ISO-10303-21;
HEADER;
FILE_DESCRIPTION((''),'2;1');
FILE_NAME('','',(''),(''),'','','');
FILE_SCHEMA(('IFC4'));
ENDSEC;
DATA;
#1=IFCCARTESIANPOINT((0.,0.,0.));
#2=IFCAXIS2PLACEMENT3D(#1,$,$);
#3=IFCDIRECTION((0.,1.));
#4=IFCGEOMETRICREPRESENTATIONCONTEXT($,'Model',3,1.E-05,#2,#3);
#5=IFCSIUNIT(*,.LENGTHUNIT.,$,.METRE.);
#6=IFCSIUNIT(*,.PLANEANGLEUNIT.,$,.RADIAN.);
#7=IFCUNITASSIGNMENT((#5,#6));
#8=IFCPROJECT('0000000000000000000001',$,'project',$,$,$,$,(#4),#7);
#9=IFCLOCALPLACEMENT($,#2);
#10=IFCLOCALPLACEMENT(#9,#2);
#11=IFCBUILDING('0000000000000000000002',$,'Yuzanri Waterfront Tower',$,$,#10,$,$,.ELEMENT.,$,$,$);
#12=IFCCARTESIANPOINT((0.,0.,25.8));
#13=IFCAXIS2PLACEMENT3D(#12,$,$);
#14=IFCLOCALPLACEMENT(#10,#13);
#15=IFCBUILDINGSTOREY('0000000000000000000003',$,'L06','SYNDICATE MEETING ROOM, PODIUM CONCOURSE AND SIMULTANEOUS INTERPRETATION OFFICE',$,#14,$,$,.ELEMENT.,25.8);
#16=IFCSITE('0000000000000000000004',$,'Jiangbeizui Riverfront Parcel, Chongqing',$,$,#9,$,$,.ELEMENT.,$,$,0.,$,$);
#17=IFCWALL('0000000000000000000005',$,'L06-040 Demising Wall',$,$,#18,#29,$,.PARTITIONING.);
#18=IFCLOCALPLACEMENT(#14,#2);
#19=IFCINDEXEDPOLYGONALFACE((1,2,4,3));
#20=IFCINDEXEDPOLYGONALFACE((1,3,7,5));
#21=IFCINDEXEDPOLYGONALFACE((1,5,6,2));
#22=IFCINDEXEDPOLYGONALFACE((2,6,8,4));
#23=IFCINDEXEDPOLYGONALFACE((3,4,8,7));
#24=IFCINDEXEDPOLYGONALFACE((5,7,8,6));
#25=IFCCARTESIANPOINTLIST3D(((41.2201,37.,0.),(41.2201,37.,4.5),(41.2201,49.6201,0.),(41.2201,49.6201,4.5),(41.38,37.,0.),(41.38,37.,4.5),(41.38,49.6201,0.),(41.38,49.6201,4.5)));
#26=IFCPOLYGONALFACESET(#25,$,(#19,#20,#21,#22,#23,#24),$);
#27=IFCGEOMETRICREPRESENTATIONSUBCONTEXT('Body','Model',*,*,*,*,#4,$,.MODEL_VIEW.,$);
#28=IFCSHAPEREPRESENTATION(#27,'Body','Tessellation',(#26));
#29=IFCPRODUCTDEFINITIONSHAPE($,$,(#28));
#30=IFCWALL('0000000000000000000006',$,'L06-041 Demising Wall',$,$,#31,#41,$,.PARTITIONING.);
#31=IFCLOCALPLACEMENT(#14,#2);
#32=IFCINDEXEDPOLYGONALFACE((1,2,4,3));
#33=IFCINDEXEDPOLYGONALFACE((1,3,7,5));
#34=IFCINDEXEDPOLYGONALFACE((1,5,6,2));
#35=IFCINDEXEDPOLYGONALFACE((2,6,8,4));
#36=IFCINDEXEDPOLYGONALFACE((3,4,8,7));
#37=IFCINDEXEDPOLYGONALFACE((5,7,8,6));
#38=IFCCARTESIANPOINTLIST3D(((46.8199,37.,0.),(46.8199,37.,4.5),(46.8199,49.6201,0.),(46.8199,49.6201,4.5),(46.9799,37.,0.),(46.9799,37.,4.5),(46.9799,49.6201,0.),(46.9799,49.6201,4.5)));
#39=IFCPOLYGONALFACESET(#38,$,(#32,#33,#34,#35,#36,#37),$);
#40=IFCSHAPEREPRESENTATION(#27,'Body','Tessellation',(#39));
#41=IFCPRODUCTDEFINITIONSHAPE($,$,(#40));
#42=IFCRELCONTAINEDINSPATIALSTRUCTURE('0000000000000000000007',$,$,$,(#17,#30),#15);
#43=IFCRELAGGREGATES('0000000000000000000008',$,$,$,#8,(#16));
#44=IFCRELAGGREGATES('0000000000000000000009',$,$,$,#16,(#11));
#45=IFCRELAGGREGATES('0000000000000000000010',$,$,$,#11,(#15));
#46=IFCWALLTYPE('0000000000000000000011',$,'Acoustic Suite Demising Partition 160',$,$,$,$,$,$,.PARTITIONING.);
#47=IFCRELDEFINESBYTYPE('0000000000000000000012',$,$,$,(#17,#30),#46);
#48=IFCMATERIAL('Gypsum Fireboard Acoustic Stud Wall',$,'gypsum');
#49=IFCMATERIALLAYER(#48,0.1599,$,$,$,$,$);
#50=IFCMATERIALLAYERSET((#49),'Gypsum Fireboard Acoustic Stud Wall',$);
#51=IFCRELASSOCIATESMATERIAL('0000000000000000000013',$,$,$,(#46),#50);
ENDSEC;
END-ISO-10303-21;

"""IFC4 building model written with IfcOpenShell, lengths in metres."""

from ifc_helpers import new_model, si_unit, direction, frame, frame_2d, origin, place, context, subcontext, project, spatial, rectangle, extrude, source, transform, mapped, material, layer, layer_set, type_object, element, save


model = new_model("IFC4")

# Units and contexts
model_context = context("Model", 3, precision=1e-05, world=origin(), true_north=direction((0.0, 1.0)))
body_context = subcontext(model_context, "Body", "Model", "MODEL_VIEW")
ifc_project = project(units=[si_unit("LENGTHUNIT", "METRE"), si_unit("PLANEANGLEUNIT", "RADIAN")], contexts=[model_context])

# Site, building, storey
site_placement = place(None, origin())
site = spatial("IfcSite", under=ifc_project, at=site_placement, Name="Jiangbeizui Riverfront Parcel, Chongqing", CompositionType="ELEMENT", RefElevation=0.0)
building_placement = place(site_placement, origin())
building = spatial("IfcBuilding", under=site, at=building_placement, Name="Yuzanri Waterfront Tower", CompositionType="ELEMENT")
storey_placement = place(building_placement, frame((0.0, 0.0, 25.8)))
storey = spatial("IfcBuildingStorey", under=building, at=storey_placement, Name="L06", Description="SYNDICATE MEETING ROOM, PODIUM CONCOURSE AND SIMULTANEOUS INTERPRETATION OFFICE", CompositionType="ELEMENT", Elevation=25.8)

# Walls
ifc_material_1 = material(Name="Gypsum Fireboard Acoustic Stud Wall", Category="gypsum")
ifc_layer_1 = layer(ifc_material_1, 0.1599)
ifc_layer_set_1 = layer_set([ifc_layer_1], Name="Gypsum Fireboard Acoustic Stud Wall")
wall_type_1 = type_object("IfcWallType", Name="Acoustic Suite Demising Partition 160", PredefinedType="PARTITIONING", material=ifc_layer_set_1)
shared_shape_1 = source(origin(), body_context, "Body", "SweptSolid", [
    extrude(rectangle(XDim=12.6201, YDim=0.1599, at=frame_2d((6.3101, 0.0))), origin(), (0.0, 0.0, 1.0), 4.5),
])
for number, where, z_axis, x_axis, name in (
    (1, (41.3, 37.0, 0.0), (0.0, 0.0, 1.0), (0.0, 1.0, 0.0), "L06-040 Demising Wall"),
    (2, (46.8999, 37.0, 0.0), (0.0, 0.0, 1.0), (0.0, 1.0, 0.0), "L06-041 Demising Wall"),
):
    element("IfcWall", number, at=place(storey_placement, frame(where, z_axis=z_axis, x_axis=x_axis)), inside=storey, type_object=wall_type_1, Name=name, PredefinedType="PARTITIONING", context=body_context, shape_type="MappedRepresentation", body=[
        mapped(shared_shape_1, transform((0.0, 0.0, 0.0), scale=1.0)),
    ])

save(model, "model.ifc")
